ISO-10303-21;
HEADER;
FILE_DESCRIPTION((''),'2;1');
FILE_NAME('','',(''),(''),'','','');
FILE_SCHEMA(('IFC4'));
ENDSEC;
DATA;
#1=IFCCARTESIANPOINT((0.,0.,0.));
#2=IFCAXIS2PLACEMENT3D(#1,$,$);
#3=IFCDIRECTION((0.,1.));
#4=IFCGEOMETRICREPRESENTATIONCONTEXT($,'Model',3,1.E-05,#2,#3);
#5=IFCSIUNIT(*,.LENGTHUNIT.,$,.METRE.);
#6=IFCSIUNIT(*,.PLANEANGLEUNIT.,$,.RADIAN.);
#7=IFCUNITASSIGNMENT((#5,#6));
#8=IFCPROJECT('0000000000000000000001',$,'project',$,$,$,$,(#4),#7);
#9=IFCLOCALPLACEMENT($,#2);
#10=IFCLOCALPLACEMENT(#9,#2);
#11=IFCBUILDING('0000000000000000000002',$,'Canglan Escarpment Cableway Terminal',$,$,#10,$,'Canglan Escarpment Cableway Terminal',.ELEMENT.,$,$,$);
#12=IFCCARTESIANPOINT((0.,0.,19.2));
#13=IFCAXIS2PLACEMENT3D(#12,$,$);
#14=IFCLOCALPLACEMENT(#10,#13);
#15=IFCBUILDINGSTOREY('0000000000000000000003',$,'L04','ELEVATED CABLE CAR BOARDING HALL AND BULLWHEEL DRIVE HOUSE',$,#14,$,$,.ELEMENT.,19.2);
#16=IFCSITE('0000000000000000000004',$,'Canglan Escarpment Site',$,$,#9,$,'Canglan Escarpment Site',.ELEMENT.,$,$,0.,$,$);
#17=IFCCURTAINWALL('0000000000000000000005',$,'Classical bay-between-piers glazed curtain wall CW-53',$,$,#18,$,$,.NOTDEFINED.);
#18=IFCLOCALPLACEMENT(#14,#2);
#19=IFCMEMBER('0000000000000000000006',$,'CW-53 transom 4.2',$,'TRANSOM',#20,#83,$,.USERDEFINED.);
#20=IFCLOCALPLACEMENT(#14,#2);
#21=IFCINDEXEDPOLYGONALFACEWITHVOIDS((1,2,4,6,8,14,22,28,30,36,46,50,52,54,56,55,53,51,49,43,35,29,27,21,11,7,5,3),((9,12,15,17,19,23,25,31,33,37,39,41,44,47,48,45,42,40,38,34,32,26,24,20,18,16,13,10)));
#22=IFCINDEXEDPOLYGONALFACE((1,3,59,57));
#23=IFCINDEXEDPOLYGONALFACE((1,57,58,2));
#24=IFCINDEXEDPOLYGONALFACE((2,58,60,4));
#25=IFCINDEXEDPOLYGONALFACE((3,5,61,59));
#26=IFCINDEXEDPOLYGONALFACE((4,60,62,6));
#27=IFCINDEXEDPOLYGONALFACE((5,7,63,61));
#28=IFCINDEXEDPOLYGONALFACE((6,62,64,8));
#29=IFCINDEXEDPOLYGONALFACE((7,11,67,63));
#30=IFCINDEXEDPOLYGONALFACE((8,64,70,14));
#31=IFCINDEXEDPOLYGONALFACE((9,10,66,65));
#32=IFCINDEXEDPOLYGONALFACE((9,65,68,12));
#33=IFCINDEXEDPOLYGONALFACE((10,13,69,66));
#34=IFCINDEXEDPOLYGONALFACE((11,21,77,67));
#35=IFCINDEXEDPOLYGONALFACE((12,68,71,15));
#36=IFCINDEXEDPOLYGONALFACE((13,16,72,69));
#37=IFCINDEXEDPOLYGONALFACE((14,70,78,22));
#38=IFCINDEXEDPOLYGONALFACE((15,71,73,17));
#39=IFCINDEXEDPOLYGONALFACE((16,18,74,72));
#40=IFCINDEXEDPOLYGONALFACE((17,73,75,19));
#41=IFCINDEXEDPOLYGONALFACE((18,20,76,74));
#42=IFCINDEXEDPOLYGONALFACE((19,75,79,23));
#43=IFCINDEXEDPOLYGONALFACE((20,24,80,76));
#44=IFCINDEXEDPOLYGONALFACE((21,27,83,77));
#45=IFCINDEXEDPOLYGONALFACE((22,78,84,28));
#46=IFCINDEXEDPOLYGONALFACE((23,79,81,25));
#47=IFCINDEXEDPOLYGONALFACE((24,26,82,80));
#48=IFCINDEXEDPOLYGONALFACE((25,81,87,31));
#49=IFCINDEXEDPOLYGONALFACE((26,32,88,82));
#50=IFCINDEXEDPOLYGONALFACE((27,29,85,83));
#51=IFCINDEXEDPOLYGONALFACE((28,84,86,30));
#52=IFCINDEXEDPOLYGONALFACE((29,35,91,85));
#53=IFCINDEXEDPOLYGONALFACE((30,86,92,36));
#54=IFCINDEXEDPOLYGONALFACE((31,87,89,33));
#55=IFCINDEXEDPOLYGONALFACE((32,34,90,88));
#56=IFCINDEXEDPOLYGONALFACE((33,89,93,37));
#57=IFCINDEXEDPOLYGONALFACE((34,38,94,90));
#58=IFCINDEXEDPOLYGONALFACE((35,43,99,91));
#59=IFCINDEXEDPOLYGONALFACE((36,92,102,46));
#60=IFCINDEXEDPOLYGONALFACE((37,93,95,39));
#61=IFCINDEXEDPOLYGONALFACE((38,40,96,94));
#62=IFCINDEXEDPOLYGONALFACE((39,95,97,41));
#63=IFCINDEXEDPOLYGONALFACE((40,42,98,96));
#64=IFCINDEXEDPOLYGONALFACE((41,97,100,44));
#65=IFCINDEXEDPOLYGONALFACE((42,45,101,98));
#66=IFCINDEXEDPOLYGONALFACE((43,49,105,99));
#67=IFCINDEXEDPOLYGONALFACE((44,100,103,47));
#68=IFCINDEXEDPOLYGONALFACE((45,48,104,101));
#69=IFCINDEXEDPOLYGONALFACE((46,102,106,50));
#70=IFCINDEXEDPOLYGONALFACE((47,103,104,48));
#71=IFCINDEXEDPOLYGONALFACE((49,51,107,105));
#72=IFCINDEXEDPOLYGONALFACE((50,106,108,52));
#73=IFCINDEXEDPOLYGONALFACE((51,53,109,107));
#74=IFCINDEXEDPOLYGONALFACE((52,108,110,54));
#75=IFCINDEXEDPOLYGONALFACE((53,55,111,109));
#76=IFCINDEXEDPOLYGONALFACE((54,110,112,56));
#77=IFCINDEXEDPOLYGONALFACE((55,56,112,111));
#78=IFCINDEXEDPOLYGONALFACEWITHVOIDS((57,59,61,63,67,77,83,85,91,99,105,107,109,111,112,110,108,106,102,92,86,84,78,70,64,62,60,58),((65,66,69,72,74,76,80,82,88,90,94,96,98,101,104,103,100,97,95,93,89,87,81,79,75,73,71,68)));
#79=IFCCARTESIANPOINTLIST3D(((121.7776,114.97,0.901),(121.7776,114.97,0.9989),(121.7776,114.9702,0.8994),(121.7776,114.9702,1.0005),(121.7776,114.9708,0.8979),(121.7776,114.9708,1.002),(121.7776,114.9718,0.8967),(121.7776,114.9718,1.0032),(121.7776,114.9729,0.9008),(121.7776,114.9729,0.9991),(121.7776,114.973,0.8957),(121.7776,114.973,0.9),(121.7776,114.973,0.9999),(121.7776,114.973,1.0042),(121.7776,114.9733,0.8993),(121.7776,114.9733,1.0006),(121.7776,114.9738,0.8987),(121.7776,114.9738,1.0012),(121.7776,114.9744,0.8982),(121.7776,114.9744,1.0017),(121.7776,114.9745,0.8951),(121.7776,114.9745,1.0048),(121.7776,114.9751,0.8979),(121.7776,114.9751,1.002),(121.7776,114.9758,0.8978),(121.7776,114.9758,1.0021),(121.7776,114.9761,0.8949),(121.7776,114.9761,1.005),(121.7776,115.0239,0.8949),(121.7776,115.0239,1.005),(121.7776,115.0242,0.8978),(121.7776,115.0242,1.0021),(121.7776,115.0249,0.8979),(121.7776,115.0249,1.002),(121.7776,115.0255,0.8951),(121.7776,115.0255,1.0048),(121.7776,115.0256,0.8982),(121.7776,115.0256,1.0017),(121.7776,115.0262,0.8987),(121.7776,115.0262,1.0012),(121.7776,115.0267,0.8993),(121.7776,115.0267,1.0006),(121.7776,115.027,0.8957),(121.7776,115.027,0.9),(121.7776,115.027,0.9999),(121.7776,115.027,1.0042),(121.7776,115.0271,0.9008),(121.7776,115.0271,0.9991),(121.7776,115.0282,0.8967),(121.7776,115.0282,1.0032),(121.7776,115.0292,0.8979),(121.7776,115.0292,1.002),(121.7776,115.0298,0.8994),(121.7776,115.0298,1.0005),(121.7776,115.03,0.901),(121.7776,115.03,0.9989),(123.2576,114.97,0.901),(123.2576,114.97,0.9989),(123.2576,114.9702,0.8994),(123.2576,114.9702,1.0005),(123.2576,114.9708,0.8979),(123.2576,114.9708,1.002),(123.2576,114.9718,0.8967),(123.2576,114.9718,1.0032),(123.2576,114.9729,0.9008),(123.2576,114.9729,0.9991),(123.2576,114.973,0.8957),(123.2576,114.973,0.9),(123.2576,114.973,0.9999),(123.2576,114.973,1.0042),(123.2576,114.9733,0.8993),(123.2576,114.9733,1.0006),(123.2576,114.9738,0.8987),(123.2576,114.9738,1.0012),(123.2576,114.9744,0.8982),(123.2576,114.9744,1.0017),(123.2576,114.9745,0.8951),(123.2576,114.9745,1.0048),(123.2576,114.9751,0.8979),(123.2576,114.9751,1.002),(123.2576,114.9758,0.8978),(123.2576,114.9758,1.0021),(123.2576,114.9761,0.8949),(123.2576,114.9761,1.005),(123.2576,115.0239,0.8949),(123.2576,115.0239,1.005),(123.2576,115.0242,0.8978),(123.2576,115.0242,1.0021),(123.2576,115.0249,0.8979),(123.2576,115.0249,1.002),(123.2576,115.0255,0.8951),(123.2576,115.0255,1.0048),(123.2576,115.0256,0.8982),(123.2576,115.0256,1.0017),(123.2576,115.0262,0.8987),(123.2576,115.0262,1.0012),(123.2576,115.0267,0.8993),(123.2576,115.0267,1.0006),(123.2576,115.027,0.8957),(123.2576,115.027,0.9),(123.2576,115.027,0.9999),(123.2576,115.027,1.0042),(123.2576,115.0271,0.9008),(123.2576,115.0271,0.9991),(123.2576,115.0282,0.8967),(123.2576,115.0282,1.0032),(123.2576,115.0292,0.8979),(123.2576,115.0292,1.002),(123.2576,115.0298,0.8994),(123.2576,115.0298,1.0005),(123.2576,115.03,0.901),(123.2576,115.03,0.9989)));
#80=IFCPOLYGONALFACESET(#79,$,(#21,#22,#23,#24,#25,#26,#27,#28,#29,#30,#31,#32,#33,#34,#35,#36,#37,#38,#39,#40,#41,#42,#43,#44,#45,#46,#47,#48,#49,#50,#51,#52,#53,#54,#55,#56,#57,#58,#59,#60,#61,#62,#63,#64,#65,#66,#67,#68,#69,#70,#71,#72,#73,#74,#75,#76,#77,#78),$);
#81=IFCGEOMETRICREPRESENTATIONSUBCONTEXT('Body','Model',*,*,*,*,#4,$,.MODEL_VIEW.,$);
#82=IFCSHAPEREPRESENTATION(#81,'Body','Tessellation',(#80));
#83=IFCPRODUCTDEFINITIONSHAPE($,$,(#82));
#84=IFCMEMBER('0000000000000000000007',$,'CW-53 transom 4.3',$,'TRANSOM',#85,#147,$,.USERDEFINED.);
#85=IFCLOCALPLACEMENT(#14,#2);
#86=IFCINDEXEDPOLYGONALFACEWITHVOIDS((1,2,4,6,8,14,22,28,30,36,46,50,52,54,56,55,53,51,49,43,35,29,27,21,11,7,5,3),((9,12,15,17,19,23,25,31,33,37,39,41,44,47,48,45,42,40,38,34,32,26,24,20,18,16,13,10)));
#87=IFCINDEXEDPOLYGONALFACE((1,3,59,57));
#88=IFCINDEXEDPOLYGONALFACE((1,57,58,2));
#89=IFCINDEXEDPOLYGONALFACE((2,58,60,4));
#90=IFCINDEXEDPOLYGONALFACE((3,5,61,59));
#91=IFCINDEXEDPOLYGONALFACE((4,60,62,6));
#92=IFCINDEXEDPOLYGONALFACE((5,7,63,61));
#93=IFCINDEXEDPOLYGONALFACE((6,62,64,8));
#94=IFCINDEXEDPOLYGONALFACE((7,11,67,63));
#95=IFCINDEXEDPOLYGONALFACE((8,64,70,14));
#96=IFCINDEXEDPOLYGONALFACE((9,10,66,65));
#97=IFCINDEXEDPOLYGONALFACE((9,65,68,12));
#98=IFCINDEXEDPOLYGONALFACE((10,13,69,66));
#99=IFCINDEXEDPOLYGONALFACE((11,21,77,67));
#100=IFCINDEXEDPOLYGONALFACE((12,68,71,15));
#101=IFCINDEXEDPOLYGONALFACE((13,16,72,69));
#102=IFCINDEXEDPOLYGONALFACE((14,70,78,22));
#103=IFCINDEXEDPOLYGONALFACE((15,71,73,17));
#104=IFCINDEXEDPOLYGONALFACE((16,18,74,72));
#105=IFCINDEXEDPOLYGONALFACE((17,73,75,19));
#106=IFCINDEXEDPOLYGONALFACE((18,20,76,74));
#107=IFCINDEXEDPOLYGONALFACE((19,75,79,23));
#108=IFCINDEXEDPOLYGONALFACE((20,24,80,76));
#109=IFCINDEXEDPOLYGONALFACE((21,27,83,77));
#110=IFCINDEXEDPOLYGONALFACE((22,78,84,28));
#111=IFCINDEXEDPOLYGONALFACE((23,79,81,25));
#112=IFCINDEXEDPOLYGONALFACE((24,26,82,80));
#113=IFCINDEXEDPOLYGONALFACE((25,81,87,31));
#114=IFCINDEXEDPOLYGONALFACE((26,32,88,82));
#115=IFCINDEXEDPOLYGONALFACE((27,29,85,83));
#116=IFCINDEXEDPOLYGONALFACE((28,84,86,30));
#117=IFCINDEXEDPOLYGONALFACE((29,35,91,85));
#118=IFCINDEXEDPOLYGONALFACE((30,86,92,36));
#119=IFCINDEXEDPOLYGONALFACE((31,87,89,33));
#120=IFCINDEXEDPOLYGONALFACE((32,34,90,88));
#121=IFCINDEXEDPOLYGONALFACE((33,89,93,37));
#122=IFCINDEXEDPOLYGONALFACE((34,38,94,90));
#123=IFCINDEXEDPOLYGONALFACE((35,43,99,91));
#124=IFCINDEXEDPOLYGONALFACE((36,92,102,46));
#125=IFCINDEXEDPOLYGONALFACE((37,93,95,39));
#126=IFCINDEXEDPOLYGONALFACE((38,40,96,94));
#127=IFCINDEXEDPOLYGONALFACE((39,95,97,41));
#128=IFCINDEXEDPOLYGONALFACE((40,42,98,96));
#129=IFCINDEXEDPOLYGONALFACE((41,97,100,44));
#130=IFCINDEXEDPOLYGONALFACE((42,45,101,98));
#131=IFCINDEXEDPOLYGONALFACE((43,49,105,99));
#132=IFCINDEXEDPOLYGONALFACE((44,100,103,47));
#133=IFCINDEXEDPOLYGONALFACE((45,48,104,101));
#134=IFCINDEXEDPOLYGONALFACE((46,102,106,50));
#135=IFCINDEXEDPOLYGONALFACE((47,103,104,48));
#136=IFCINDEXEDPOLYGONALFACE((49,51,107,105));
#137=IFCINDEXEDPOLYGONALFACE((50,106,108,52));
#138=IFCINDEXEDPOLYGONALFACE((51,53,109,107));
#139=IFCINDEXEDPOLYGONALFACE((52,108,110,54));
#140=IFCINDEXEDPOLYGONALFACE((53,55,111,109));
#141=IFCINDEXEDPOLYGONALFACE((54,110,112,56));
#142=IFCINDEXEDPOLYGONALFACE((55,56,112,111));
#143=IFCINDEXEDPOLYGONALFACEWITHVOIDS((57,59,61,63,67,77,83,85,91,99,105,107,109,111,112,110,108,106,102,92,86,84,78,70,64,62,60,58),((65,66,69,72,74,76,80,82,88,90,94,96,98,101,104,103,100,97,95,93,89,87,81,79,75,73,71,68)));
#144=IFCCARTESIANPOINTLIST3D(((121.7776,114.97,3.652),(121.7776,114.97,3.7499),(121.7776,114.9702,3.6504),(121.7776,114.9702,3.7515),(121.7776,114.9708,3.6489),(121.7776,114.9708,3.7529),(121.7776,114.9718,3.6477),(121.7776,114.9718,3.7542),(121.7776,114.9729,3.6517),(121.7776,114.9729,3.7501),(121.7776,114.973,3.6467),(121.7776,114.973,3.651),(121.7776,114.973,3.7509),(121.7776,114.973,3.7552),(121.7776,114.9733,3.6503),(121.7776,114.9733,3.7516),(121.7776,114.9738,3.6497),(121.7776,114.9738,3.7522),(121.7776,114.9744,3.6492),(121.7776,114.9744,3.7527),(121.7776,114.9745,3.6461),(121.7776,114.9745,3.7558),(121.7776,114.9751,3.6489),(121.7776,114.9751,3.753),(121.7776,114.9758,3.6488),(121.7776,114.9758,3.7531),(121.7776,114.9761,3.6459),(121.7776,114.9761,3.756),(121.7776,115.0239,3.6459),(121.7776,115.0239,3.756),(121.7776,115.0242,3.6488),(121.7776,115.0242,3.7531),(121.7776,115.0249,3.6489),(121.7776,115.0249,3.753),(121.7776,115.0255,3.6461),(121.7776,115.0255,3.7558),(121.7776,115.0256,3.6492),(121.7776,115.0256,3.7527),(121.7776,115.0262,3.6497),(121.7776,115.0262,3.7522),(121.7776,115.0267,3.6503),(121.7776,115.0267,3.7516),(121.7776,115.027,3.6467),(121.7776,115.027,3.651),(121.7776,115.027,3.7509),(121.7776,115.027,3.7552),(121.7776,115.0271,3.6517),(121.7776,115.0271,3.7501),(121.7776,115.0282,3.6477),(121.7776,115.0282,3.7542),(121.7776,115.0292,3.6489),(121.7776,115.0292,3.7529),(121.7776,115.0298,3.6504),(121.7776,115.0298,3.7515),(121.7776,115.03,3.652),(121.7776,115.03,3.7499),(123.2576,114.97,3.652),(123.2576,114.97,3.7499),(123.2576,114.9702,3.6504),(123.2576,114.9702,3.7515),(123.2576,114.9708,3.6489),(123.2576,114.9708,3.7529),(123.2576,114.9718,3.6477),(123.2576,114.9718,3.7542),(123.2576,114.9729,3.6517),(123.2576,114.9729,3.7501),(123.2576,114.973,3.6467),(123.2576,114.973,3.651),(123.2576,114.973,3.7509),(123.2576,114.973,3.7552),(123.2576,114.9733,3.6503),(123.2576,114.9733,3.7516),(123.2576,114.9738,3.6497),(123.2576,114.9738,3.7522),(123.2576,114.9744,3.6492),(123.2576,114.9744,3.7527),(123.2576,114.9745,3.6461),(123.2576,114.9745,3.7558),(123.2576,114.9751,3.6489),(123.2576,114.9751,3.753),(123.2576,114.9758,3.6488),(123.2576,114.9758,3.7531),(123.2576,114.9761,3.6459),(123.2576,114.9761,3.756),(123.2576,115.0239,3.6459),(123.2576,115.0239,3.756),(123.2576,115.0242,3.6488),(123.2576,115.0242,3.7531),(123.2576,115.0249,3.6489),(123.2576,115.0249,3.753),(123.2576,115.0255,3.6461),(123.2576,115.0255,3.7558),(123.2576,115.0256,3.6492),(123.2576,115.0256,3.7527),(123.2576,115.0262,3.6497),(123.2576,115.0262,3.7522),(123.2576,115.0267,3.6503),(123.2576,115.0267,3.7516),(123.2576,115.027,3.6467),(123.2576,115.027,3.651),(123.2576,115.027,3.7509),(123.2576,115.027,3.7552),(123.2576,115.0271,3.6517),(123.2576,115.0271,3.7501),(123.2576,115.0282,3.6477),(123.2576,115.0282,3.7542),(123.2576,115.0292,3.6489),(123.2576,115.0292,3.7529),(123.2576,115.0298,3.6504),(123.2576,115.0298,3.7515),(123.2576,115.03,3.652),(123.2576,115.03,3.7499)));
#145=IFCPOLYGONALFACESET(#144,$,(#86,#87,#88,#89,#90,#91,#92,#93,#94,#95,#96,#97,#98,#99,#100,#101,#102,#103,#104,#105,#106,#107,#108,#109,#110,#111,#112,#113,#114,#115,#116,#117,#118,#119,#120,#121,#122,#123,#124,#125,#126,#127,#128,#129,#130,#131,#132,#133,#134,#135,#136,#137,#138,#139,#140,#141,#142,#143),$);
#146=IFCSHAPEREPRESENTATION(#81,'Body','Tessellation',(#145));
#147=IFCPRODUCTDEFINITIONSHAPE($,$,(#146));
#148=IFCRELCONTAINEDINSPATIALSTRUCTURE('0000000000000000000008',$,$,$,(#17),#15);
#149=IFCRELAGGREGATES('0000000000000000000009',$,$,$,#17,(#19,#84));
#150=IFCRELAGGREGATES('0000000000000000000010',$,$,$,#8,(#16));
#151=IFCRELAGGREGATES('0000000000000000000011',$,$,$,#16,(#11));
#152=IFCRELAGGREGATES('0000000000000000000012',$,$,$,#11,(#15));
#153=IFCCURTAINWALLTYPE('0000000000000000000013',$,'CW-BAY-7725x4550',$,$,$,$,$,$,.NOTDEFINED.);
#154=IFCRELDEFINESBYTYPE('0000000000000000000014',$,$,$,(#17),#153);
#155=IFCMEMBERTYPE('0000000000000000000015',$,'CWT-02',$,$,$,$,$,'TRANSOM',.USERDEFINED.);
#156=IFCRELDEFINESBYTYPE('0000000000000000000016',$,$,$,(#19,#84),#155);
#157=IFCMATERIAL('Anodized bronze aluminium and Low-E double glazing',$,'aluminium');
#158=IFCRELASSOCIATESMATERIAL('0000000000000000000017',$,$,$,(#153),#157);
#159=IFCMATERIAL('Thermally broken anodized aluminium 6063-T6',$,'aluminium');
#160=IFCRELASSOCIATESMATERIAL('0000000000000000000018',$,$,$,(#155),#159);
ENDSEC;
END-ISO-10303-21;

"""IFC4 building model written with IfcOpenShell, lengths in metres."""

from ifc_helpers import new_model, si_unit, direction, frame, origin, origin_2d, place, context, subcontext, project, spatial, hollow_rectangle, extrude, material, material_profile, profile_set, type_object, element, aggregate, save


model = new_model("IFC4")

# Units and contexts
model_context = context("Model", 3, precision=1e-05, world=origin(), true_north=direction((0.0, 1.0)))
body_context = subcontext(model_context, "Body", "Model", "MODEL_VIEW")
ifc_project = project(units=[si_unit("LENGTHUNIT", "METRE"), si_unit("PLANEANGLEUNIT", "RADIAN")], contexts=[model_context])

# Site, building, storey
site_placement = place(None, origin())
site = spatial("IfcSite", under=ifc_project, at=site_placement, Name="Canglan Escarpment Site", LongName="Canglan Escarpment Site", CompositionType="ELEMENT", RefElevation=0.0)
building_placement = place(site_placement, origin())
building = spatial("IfcBuilding", under=site, at=building_placement, Name="Canglan Escarpment Cableway Terminal", LongName="Canglan Escarpment Cableway Terminal", CompositionType="ELEMENT")
storey_placement = place(building_placement, frame((0.0, 0.0, 19.2)))
storey = spatial("IfcBuildingStorey", under=building, at=storey_placement, Name="L04", Description="ELEVATED CABLE CAR BOARDING HALL AND BULLWHEEL DRIVE HOUSE", CompositionType="ELEMENT", Elevation=19.2)

# Curtain wall, members
ifc_material_1 = material(Name="Anodized bronze aluminium and Low-E double glazing", Category="aluminium")
curtain_wall_type = type_object("IfcCurtainWallType", Name="CW-BAY-7725x4550", PredefinedType="NOTDEFINED", material=ifc_material_1)
curtain_wall_placement = place(storey_placement, origin())
curtain_wall = element("IfcCurtainWall", 1, at=curtain_wall_placement, inside=storey, type_object=curtain_wall_type, Name="Classical bay-between-piers glazed curtain wall CW-53", PredefinedType="NOTDEFINED")
ifc_material_2 = material(Name="Thermally broken anodized aluminium 6063-T6", Category="aluminium")
ifc_material_profile_1 = material_profile(ifc_material_2, hollow_rectangle(XDim=0.0601, YDim=0.1101, WallThickness=0.0029, InnerFilletRadius=0.0029, OuterFilletRadius=0.0061, at=origin_2d()), Name="ALU-TRAN 60x110x3")
ifc_profile_set_1 = profile_set([ifc_material_profile_1], Name="Thermally broken anodized aluminium 6063-T6")
member_type_1 = type_object("IfcMemberType", Name="CWT-02", ElementType="TRANSOM", PredefinedType="USERDEFINED", material=ifc_profile_set_1)
member_1_placement = place(storey_placement, frame((123.2576, 115.0, 0.95), z_axis=(-1.0, 0.0, 0.0), x_axis=(0.0, -1.0, 0.0)))
member_1 = element("IfcMember", 2, at=member_1_placement, type_object=member_type_1, Name="CW-53 transom 4.2", ObjectType="TRANSOM", PredefinedType="USERDEFINED", context=body_context, shape_type="SweptSolid", body=[
    extrude(hollow_rectangle(XDim=0.0601, YDim=0.1101, WallThickness=0.0029, InnerFilletRadius=0.0029, OuterFilletRadius=0.0061, at=origin_2d()), origin(), (0.0, 0.0, 1.0), 1.48),
])
member_2_placement = place(storey_placement, frame((123.2576, 115.0, 3.7009), z_axis=(-1.0, 0.0, 0.0), x_axis=(0.0, -1.0, 0.0)))
member_2 = element("IfcMember", 3, at=member_2_placement, type_object=member_type_1, Name="CW-53 transom 4.3", ObjectType="TRANSOM", PredefinedType="USERDEFINED", context=body_context, shape_type="SweptSolid", body=[
    extrude(hollow_rectangle(XDim=0.0601, YDim=0.1101, WallThickness=0.0029, InnerFilletRadius=0.0029, OuterFilletRadius=0.0061, at=origin_2d()), origin(), (0.0, 0.0, 1.0), 1.48),
])

aggregate(curtain_wall, [member_1, member_2])

save(model, "model.ifc")
